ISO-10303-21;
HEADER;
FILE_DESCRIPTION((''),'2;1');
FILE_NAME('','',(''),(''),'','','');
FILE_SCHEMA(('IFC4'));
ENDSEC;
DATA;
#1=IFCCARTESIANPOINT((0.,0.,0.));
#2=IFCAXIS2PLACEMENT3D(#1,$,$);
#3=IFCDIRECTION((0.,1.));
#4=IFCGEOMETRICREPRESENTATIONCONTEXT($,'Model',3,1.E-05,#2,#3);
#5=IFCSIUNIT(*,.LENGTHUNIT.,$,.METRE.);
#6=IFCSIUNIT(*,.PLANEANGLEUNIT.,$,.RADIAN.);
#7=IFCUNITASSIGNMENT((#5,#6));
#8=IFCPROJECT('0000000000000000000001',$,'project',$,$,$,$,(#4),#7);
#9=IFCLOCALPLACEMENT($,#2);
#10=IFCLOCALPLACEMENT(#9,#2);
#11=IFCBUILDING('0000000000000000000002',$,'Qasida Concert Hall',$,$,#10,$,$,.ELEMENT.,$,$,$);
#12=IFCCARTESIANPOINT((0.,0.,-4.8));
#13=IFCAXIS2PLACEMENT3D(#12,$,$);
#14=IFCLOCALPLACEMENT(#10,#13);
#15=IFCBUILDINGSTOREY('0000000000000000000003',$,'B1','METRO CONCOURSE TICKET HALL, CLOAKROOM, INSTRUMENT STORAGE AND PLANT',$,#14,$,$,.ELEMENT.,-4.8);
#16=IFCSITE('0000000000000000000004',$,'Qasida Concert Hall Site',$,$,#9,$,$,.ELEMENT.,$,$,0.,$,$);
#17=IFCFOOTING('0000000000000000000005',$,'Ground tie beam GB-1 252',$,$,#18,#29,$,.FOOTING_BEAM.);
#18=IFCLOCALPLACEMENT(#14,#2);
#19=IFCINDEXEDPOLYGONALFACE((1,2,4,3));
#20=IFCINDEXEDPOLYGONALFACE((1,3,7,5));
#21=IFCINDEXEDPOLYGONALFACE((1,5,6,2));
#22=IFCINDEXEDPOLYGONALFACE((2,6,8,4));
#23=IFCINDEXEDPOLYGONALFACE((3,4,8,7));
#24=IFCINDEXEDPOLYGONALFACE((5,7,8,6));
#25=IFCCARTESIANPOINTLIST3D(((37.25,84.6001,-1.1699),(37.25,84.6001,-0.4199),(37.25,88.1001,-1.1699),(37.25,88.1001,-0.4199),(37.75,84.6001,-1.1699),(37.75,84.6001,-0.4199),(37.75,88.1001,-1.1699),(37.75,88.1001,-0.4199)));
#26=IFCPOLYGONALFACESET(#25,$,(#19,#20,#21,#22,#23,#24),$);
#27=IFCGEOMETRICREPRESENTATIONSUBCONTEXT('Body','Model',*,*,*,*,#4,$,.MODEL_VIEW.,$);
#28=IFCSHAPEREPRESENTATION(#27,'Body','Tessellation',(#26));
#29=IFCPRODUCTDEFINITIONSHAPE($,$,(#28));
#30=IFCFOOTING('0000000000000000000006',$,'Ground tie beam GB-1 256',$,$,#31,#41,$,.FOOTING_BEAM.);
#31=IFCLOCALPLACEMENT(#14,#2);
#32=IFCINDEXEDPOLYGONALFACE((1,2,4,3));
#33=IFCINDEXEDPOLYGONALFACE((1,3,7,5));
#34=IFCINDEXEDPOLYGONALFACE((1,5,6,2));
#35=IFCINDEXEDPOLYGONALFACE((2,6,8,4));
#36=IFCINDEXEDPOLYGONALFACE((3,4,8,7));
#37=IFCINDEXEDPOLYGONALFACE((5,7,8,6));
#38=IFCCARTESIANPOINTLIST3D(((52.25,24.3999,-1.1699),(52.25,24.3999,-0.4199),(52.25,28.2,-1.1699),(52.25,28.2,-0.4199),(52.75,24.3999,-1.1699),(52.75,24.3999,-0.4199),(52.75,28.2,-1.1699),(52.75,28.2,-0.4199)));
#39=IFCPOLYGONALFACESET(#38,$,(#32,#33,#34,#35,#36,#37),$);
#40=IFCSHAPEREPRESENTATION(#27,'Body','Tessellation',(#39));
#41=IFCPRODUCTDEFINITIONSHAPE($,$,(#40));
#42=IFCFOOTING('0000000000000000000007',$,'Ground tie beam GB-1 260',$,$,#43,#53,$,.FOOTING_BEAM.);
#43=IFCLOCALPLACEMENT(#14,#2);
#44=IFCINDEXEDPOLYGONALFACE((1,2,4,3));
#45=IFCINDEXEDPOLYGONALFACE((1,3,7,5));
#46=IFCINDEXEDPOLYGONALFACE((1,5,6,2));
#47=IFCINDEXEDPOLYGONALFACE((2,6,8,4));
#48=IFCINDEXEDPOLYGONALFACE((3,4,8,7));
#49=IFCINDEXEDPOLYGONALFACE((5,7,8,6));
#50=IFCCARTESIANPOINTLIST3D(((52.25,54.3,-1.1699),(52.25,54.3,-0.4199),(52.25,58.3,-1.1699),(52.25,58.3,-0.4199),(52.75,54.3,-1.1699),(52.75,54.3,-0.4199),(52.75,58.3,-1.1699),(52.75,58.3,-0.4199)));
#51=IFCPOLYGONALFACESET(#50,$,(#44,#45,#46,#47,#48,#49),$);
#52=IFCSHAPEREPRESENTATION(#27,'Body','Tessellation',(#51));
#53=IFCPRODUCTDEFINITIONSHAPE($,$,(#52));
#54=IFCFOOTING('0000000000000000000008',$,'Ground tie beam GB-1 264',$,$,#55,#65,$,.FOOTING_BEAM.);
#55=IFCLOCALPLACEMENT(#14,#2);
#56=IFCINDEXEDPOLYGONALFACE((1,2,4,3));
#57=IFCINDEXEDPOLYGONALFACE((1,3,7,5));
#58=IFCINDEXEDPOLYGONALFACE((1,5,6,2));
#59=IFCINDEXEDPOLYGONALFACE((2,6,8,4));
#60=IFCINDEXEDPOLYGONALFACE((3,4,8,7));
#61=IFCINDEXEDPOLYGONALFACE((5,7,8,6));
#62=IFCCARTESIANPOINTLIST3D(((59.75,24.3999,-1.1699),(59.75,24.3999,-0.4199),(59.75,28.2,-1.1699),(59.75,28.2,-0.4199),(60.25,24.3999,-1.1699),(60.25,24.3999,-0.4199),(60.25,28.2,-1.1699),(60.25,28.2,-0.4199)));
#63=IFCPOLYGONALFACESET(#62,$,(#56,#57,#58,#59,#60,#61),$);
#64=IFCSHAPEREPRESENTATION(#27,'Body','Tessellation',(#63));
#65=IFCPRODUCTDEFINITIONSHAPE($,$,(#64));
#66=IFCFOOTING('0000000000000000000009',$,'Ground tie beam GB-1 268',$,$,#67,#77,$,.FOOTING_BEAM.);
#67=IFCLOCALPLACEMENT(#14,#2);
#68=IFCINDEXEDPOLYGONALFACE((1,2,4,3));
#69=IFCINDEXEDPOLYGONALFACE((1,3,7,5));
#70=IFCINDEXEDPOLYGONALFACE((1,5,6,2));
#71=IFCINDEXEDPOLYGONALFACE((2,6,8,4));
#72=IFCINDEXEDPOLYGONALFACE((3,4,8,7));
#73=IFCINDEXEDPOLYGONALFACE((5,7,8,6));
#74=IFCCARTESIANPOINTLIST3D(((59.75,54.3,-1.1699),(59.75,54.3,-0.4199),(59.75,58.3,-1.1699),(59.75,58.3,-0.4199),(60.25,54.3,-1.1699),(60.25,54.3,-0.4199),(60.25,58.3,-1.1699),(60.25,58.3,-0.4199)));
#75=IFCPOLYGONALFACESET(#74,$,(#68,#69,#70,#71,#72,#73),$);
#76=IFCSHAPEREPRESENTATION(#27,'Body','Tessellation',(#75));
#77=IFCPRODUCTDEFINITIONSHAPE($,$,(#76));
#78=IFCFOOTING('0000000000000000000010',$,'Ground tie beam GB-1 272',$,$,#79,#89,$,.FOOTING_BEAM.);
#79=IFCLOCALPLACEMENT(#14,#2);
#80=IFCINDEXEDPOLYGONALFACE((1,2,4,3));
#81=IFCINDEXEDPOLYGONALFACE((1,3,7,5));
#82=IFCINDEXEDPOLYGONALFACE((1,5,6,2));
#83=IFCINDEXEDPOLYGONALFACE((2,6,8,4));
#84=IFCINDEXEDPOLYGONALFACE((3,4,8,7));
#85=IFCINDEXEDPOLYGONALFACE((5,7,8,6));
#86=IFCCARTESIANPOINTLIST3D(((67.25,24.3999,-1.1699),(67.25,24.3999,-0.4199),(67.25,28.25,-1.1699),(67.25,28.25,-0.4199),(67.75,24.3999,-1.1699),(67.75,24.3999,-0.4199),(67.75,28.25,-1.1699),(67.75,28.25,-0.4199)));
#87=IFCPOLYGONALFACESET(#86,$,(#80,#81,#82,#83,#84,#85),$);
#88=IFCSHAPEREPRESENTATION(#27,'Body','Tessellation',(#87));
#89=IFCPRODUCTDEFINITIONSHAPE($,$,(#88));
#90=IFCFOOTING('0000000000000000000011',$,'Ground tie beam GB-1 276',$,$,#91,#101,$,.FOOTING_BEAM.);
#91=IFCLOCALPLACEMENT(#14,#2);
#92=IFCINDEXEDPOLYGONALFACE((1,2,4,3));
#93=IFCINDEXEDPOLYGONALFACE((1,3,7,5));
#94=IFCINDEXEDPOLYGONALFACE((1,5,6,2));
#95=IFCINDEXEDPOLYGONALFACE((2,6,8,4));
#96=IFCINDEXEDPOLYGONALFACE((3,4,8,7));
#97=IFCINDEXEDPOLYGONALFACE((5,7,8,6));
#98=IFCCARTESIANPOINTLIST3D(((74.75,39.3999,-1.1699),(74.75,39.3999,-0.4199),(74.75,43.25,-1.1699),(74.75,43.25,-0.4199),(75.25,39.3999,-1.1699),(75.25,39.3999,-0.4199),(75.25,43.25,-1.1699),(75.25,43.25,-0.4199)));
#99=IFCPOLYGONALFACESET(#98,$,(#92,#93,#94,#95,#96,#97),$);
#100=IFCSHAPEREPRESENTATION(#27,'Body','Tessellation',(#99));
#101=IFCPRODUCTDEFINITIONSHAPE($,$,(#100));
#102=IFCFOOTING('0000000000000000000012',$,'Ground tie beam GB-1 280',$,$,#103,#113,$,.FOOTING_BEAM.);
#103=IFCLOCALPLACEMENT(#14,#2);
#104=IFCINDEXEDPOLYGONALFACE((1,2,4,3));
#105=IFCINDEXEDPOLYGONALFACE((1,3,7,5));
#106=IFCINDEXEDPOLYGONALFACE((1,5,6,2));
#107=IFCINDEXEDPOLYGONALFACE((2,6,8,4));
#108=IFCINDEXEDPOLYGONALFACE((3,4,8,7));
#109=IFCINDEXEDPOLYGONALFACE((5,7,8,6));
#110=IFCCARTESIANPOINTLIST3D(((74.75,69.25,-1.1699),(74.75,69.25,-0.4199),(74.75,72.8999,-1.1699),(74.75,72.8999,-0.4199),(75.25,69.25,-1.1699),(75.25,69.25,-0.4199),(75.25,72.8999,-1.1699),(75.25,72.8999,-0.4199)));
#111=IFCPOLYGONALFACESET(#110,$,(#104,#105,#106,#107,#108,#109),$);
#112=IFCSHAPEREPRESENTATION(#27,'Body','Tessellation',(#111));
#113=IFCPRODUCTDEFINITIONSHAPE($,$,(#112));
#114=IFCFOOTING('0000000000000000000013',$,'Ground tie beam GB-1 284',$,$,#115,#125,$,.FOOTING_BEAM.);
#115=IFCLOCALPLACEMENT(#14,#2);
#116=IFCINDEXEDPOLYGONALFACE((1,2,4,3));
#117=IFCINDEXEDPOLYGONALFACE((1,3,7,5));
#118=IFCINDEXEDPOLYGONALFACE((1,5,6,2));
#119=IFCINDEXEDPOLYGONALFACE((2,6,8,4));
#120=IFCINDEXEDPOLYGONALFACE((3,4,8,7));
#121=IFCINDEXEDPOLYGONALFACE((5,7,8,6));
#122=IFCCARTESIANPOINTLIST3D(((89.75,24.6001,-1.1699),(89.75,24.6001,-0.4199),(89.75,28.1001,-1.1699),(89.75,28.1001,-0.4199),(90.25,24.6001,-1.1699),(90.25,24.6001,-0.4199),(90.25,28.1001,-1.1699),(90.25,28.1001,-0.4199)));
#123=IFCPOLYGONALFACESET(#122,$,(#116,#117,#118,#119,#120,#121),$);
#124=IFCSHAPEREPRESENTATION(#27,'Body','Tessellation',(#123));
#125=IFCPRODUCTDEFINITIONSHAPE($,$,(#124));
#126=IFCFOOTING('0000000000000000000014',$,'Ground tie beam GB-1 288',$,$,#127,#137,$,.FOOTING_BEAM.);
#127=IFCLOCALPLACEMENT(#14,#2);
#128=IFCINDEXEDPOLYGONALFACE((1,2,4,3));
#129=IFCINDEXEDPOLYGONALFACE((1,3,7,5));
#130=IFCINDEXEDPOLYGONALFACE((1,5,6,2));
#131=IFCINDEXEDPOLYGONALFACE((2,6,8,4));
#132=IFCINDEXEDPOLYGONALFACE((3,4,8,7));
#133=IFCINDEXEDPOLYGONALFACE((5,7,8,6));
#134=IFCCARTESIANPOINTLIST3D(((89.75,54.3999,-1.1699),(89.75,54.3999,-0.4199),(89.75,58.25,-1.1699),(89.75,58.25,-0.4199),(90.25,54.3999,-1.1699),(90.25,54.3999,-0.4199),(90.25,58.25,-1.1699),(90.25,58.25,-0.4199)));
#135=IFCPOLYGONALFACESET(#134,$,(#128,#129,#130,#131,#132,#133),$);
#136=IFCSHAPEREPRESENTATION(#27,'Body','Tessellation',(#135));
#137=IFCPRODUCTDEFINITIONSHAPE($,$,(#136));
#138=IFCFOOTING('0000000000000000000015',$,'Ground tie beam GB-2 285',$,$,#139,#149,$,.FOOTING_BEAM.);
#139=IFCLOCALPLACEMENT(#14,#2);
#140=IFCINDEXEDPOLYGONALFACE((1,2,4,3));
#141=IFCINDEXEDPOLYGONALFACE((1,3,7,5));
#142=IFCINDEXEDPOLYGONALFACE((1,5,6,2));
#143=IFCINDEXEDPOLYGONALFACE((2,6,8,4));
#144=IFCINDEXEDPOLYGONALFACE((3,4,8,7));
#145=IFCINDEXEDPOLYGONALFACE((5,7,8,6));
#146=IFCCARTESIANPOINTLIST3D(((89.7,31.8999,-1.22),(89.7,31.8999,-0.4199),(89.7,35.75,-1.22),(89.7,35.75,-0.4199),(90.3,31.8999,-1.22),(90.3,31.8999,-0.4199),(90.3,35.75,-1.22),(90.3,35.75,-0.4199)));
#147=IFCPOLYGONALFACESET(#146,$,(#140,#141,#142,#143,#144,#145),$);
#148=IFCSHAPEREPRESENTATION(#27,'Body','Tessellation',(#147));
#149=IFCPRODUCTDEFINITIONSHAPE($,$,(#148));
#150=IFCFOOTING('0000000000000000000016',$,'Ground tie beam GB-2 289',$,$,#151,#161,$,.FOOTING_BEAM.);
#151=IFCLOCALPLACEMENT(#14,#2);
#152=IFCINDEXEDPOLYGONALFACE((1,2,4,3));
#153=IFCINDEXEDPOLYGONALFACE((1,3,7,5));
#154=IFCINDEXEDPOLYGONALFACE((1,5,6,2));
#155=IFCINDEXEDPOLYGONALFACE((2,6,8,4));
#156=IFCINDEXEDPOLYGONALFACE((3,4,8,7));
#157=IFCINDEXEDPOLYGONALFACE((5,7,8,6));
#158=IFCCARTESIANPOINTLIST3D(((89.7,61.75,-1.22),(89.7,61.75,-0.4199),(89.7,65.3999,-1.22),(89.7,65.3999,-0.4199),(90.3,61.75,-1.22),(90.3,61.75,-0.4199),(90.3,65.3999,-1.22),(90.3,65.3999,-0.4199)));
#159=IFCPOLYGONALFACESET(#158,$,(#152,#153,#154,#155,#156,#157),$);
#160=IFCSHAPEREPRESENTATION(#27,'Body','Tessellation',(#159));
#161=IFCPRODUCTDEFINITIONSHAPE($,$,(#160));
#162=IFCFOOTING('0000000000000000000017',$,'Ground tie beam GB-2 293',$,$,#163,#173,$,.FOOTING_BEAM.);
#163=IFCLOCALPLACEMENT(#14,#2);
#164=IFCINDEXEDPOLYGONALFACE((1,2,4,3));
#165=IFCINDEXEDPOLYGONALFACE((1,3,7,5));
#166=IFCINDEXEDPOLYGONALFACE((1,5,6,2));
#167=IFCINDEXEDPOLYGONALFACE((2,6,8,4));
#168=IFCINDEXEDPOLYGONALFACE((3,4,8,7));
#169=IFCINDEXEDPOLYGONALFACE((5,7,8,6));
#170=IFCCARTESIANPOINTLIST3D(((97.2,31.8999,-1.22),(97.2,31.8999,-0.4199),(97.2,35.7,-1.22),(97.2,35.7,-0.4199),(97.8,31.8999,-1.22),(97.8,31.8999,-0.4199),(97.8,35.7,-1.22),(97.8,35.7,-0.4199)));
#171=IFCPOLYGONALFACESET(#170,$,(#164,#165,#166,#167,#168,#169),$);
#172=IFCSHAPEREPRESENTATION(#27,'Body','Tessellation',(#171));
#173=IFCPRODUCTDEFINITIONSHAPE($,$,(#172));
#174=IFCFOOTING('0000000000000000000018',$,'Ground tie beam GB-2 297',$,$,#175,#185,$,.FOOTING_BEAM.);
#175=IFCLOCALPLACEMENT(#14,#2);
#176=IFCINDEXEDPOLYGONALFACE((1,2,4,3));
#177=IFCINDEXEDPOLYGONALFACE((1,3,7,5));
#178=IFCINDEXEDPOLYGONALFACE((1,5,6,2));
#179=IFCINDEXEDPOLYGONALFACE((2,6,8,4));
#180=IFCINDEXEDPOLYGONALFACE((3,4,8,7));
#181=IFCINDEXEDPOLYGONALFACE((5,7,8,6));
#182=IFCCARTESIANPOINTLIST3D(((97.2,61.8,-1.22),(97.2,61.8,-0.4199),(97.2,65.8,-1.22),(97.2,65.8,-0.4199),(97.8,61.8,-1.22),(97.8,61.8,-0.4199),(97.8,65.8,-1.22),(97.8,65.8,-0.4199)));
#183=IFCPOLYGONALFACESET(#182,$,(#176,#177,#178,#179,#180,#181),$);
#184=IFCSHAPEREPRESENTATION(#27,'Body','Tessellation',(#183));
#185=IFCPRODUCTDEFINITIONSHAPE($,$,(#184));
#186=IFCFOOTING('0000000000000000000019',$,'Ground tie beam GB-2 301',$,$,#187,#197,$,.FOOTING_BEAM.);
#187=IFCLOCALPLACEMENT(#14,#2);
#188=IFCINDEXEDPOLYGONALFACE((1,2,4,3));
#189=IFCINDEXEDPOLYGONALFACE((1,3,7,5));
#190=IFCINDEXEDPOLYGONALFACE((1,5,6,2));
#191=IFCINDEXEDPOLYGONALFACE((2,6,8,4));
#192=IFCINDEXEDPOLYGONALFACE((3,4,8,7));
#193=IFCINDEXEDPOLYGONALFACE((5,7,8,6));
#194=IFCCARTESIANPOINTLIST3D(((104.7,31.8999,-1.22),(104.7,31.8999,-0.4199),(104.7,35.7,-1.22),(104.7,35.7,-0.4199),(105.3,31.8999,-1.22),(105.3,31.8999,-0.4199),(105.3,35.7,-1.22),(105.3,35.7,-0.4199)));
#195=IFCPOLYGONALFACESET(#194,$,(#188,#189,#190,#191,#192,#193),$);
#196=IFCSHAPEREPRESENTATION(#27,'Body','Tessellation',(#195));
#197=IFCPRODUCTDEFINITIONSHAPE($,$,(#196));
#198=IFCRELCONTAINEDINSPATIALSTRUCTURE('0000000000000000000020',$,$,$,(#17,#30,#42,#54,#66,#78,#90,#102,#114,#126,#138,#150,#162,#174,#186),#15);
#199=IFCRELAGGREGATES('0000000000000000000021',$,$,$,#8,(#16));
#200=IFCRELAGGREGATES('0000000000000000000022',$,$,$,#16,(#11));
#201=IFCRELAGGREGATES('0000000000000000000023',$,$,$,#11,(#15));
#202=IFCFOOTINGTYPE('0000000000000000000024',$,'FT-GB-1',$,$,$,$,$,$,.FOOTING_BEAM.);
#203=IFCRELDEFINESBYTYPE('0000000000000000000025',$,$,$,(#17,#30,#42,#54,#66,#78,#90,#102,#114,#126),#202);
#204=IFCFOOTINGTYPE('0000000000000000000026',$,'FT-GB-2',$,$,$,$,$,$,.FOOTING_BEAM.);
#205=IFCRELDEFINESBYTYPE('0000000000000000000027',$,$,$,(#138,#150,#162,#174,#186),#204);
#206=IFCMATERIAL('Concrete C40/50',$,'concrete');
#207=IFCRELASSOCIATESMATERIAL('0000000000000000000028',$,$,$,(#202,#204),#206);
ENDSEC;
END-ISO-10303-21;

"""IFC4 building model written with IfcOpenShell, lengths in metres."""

from ifc_helpers import new_model, si_unit, direction, frame, origin, place, context, subcontext, project, spatial, polyline, outline, extrude, material, type_object, element, save


model = new_model("IFC4")

# Units and contexts
model_context = context("Model", 3, precision=1e-05, world=origin(), true_north=direction((0.0, 1.0)))
body_context = subcontext(model_context, "Body", "Model", "MODEL_VIEW")
ifc_project = project(units=[si_unit("LENGTHUNIT", "METRE"), si_unit("PLANEANGLEUNIT", "RADIAN")], contexts=[model_context])

# Site, building, storey
site_placement = place(None, origin())
site = spatial("IfcSite", under=ifc_project, at=site_placement, Name="Qasida Concert Hall Site", CompositionType="ELEMENT", RefElevation=0.0)
building_placement = place(site_placement, origin())
building = spatial("IfcBuilding", under=site, at=building_placement, Name="Qasida Concert Hall", CompositionType="ELEMENT")
storey_placement = place(building_placement, frame((0.0, 0.0, -4.8)))
storey = spatial("IfcBuildingStorey", under=building, at=storey_placement, Name="B1", Description="METRO CONCOURSE TICKET HALL, CLOAKROOM, INSTRUMENT STORAGE AND PLANT", CompositionType="ELEMENT", Elevation=-4.8)

# Footings
ifc_material = material(Name="Concrete C40/50", Category="concrete")
footing_type_1 = type_object("IfcFootingType", Name="FT-GB-1", PredefinedType="FOOTING_BEAM", material=ifc_material)
footing_1_placement = place(storey_placement, frame((0.0, 0.0, -1.1699)))
element("IfcFooting", 1, at=footing_1_placement, inside=storey, type_object=footing_type_1, Name="Ground tie beam GB-1 252", PredefinedType="FOOTING_BEAM", context=body_context, shape_type="SweptSolid", body=[
    extrude(outline(polyline([(37.25, 84.6001), (37.75, 84.6001), (37.75, 88.1001), (37.25, 88.1001), (37.25, 84.6001)])), origin(), (0.0, 0.0, 1.0), 0.75),
])
footing_2_placement = place(storey_placement, frame((0.0, 0.0, -1.1699)))
element("IfcFooting", 2, at=footing_2_placement, inside=storey, type_object=footing_type_1, Name="Ground tie beam GB-1 256", PredefinedType="FOOTING_BEAM", context=body_context, shape_type="SweptSolid", body=[
    extrude(outline(polyline([(52.25, 24.3999), (52.75, 24.3999), (52.75, 28.2), (52.25, 28.2), (52.25, 24.3999)])), origin(), (0.0, 0.0, 1.0), 0.75),
])
footing_3_placement = place(storey_placement, frame((0.0, 0.0, -1.1699)))
element("IfcFooting", 3, at=footing_3_placement, inside=storey, type_object=footing_type_1, Name="Ground tie beam GB-1 260", PredefinedType="FOOTING_BEAM", context=body_context, shape_type="SweptSolid", body=[
    extrude(outline(polyline([(52.25, 54.3), (52.75, 54.3), (52.75, 58.3), (52.25, 58.3), (52.25, 54.3)])), origin(), (0.0, 0.0, 1.0), 0.75),
])
footing_4_placement = place(storey_placement, frame((0.0, 0.0, -1.1699)))
element("IfcFooting", 4, at=footing_4_placement, inside=storey, type_object=footing_type_1, Name="Ground tie beam GB-1 264", PredefinedType="FOOTING_BEAM", context=body_context, shape_type="SweptSolid", body=[
    extrude(outline(polyline([(59.75, 24.3999), (60.25, 24.3999), (60.25, 28.2), (59.75, 28.2), (59.75, 24.3999)])), origin(), (0.0, 0.0, 1.0), 0.75),
])
footing_5_placement = place(storey_placement, frame((0.0, 0.0, -1.1699)))
element("IfcFooting", 5, at=footing_5_placement, inside=storey, type_object=footing_type_1, Name="Ground tie beam GB-1 268", PredefinedType="FOOTING_BEAM", context=body_context, shape_type="SweptSolid", body=[
    extrude(outline(polyline([(59.75, 54.3), (60.25, 54.3), (60.25, 58.3), (59.75, 58.3), (59.75, 54.3)])), origin(), (0.0, 0.0, 1.0), 0.75),
])
footing_6_placement = place(storey_placement, frame((0.0, 0.0, -1.1699)))
element("IfcFooting", 6, at=footing_6_placement, inside=storey, type_object=footing_type_1, Name="Ground tie beam GB-1 272", PredefinedType="FOOTING_BEAM", context=body_context, shape_type="SweptSolid", body=[
    extrude(outline(polyline([(67.25, 24.3999), (67.75, 24.3999), (67.75, 28.25), (67.25, 28.25), (67.25, 24.3999)])), origin(), (0.0, 0.0, 1.0), 0.75),
])
footing_7_placement = place(storey_placement, frame((0.0, 0.0, -1.1699)))
element("IfcFooting", 7, at=footing_7_placement, inside=storey, type_object=footing_type_1, Name="Ground tie beam GB-1 276", PredefinedType="FOOTING_BEAM", context=body_context, shape_type="SweptSolid", body=[
    extrude(outline(polyline([(74.75, 39.3999), (75.25, 39.3999), (75.25, 43.25), (74.75, 43.25), (74.75, 39.3999)])), origin(), (0.0, 0.0, 1.0), 0.75),
])
footing_8_placement = place(storey_placement, frame((0.0, 0.0, -1.1699)))
element("IfcFooting", 8, at=footing_8_placement, inside=storey, type_object=footing_type_1, Name="Ground tie beam GB-1 280", PredefinedType="FOOTING_BEAM", context=body_context, shape_type="SweptSolid", body=[
    extrude(outline(polyline([(74.75, 69.25), (75.25, 69.25), (75.25, 72.8999), (74.75, 72.8999), (74.75, 69.25)])), origin(), (0.0, 0.0, 1.0), 0.75),
])
footing_9_placement = place(storey_placement, frame((0.0, 0.0, -1.1699)))
element("IfcFooting", 9, at=footing_9_placement, inside=storey, type_object=footing_type_1, Name="Ground tie beam GB-1 284", PredefinedType="FOOTING_BEAM", context=body_context, shape_type="SweptSolid", body=[
    extrude(outline(polyline([(89.75, 24.6001), (90.25, 24.6001), (90.25, 28.1001), (89.75, 28.1001), (89.75, 24.6001)])), origin(), (0.0, 0.0, 1.0), 0.75),
])
footing_10_placement = place(storey_placement, frame((0.0, 0.0, -1.1699)))
element("IfcFooting", 10, at=footing_10_placement, inside=storey, type_object=footing_type_1, Name="Ground tie beam GB-1 288", PredefinedType="FOOTING_BEAM", context=body_context, shape_type="SweptSolid", body=[
    extrude(outline(polyline([(89.75, 54.3999), (90.25, 54.3999), (90.25, 58.25), (89.75, 58.25), (89.75, 54.3999)])), origin(), (0.0, 0.0, 1.0), 0.75),
])
footing_type_2 = type_object("IfcFootingType", Name="FT-GB-2", PredefinedType="FOOTING_BEAM", material=ifc_material)
footing_11_placement = place(storey_placement, frame((0.0, 0.0, -1.22)))
element("IfcFooting", 11, at=footing_11_placement, inside=storey, type_object=footing_type_2, Name="Ground tie beam GB-2 285", PredefinedType="FOOTING_BEAM", context=body_context, shape_type="SweptSolid", body=[
    extrude(outline(polyline([(89.7, 31.8999), (90.3, 31.8999), (90.3, 35.75), (89.7, 35.75), (89.7, 31.8999)])), origin(), (0.0, 0.0, 1.0), 0.8),
])
footing_12_placement = place(storey_placement, frame((0.0, 0.0, -1.22)))
element("IfcFooting", 12, at=footing_12_placement, inside=storey, type_object=footing_type_2, Name="Ground tie beam GB-2 289", PredefinedType="FOOTING_BEAM", context=body_context, shape_type="SweptSolid", body=[
    extrude(outline(polyline([(89.7, 61.75), (90.3, 61.75), (90.3, 65.3999), (89.7, 65.3999), (89.7, 61.75)])), origin(), (0.0, 0.0, 1.0), 0.8),
])
footing_13_placement = place(storey_placement, frame((0.0, 0.0, -1.22)))
element("IfcFooting", 13, at=footing_13_placement, inside=storey, type_object=footing_type_2, Name="Ground tie beam GB-2 293", PredefinedType="FOOTING_BEAM", context=body_context, shape_type="SweptSolid", body=[
    extrude(outline(polyline([(97.2, 31.8999), (97.8, 31.8999), (97.8, 35.7), (97.2, 35.7), (97.2, 31.8999)])), origin(), (0.0, 0.0, 1.0), 0.8),
])
footing_14_placement = place(storey_placement, frame((0.0, 0.0, -1.22)))
element("IfcFooting", 14, at=footing_14_placement, inside=storey, type_object=footing_type_2, Name="Ground tie beam GB-2 297", PredefinedType="FOOTING_BEAM", context=body_context, shape_type="SweptSolid", body=[
    extrude(outline(polyline([(97.2, 61.8), (97.8, 61.8), (97.8, 65.8), (97.2, 65.8), (97.2, 61.8)])), origin(), (0.0, 0.0, 1.0), 0.8),
])
footing_15_placement = place(storey_placement, frame((0.0, 0.0, -1.22)))
element("IfcFooting", 15, at=footing_15_placement, inside=storey, type_object=footing_type_2, Name="Ground tie beam GB-2 301", PredefinedType="FOOTING_BEAM", context=body_context, shape_type="SweptSolid", body=[
    extrude(outline(polyline([(104.7, 31.8999), (105.3, 31.8999), (105.3, 35.7), (104.7, 35.7), (104.7, 31.8999)])), origin(), (0.0, 0.0, 1.0), 0.8),
])

save(model, "model.ifc")
